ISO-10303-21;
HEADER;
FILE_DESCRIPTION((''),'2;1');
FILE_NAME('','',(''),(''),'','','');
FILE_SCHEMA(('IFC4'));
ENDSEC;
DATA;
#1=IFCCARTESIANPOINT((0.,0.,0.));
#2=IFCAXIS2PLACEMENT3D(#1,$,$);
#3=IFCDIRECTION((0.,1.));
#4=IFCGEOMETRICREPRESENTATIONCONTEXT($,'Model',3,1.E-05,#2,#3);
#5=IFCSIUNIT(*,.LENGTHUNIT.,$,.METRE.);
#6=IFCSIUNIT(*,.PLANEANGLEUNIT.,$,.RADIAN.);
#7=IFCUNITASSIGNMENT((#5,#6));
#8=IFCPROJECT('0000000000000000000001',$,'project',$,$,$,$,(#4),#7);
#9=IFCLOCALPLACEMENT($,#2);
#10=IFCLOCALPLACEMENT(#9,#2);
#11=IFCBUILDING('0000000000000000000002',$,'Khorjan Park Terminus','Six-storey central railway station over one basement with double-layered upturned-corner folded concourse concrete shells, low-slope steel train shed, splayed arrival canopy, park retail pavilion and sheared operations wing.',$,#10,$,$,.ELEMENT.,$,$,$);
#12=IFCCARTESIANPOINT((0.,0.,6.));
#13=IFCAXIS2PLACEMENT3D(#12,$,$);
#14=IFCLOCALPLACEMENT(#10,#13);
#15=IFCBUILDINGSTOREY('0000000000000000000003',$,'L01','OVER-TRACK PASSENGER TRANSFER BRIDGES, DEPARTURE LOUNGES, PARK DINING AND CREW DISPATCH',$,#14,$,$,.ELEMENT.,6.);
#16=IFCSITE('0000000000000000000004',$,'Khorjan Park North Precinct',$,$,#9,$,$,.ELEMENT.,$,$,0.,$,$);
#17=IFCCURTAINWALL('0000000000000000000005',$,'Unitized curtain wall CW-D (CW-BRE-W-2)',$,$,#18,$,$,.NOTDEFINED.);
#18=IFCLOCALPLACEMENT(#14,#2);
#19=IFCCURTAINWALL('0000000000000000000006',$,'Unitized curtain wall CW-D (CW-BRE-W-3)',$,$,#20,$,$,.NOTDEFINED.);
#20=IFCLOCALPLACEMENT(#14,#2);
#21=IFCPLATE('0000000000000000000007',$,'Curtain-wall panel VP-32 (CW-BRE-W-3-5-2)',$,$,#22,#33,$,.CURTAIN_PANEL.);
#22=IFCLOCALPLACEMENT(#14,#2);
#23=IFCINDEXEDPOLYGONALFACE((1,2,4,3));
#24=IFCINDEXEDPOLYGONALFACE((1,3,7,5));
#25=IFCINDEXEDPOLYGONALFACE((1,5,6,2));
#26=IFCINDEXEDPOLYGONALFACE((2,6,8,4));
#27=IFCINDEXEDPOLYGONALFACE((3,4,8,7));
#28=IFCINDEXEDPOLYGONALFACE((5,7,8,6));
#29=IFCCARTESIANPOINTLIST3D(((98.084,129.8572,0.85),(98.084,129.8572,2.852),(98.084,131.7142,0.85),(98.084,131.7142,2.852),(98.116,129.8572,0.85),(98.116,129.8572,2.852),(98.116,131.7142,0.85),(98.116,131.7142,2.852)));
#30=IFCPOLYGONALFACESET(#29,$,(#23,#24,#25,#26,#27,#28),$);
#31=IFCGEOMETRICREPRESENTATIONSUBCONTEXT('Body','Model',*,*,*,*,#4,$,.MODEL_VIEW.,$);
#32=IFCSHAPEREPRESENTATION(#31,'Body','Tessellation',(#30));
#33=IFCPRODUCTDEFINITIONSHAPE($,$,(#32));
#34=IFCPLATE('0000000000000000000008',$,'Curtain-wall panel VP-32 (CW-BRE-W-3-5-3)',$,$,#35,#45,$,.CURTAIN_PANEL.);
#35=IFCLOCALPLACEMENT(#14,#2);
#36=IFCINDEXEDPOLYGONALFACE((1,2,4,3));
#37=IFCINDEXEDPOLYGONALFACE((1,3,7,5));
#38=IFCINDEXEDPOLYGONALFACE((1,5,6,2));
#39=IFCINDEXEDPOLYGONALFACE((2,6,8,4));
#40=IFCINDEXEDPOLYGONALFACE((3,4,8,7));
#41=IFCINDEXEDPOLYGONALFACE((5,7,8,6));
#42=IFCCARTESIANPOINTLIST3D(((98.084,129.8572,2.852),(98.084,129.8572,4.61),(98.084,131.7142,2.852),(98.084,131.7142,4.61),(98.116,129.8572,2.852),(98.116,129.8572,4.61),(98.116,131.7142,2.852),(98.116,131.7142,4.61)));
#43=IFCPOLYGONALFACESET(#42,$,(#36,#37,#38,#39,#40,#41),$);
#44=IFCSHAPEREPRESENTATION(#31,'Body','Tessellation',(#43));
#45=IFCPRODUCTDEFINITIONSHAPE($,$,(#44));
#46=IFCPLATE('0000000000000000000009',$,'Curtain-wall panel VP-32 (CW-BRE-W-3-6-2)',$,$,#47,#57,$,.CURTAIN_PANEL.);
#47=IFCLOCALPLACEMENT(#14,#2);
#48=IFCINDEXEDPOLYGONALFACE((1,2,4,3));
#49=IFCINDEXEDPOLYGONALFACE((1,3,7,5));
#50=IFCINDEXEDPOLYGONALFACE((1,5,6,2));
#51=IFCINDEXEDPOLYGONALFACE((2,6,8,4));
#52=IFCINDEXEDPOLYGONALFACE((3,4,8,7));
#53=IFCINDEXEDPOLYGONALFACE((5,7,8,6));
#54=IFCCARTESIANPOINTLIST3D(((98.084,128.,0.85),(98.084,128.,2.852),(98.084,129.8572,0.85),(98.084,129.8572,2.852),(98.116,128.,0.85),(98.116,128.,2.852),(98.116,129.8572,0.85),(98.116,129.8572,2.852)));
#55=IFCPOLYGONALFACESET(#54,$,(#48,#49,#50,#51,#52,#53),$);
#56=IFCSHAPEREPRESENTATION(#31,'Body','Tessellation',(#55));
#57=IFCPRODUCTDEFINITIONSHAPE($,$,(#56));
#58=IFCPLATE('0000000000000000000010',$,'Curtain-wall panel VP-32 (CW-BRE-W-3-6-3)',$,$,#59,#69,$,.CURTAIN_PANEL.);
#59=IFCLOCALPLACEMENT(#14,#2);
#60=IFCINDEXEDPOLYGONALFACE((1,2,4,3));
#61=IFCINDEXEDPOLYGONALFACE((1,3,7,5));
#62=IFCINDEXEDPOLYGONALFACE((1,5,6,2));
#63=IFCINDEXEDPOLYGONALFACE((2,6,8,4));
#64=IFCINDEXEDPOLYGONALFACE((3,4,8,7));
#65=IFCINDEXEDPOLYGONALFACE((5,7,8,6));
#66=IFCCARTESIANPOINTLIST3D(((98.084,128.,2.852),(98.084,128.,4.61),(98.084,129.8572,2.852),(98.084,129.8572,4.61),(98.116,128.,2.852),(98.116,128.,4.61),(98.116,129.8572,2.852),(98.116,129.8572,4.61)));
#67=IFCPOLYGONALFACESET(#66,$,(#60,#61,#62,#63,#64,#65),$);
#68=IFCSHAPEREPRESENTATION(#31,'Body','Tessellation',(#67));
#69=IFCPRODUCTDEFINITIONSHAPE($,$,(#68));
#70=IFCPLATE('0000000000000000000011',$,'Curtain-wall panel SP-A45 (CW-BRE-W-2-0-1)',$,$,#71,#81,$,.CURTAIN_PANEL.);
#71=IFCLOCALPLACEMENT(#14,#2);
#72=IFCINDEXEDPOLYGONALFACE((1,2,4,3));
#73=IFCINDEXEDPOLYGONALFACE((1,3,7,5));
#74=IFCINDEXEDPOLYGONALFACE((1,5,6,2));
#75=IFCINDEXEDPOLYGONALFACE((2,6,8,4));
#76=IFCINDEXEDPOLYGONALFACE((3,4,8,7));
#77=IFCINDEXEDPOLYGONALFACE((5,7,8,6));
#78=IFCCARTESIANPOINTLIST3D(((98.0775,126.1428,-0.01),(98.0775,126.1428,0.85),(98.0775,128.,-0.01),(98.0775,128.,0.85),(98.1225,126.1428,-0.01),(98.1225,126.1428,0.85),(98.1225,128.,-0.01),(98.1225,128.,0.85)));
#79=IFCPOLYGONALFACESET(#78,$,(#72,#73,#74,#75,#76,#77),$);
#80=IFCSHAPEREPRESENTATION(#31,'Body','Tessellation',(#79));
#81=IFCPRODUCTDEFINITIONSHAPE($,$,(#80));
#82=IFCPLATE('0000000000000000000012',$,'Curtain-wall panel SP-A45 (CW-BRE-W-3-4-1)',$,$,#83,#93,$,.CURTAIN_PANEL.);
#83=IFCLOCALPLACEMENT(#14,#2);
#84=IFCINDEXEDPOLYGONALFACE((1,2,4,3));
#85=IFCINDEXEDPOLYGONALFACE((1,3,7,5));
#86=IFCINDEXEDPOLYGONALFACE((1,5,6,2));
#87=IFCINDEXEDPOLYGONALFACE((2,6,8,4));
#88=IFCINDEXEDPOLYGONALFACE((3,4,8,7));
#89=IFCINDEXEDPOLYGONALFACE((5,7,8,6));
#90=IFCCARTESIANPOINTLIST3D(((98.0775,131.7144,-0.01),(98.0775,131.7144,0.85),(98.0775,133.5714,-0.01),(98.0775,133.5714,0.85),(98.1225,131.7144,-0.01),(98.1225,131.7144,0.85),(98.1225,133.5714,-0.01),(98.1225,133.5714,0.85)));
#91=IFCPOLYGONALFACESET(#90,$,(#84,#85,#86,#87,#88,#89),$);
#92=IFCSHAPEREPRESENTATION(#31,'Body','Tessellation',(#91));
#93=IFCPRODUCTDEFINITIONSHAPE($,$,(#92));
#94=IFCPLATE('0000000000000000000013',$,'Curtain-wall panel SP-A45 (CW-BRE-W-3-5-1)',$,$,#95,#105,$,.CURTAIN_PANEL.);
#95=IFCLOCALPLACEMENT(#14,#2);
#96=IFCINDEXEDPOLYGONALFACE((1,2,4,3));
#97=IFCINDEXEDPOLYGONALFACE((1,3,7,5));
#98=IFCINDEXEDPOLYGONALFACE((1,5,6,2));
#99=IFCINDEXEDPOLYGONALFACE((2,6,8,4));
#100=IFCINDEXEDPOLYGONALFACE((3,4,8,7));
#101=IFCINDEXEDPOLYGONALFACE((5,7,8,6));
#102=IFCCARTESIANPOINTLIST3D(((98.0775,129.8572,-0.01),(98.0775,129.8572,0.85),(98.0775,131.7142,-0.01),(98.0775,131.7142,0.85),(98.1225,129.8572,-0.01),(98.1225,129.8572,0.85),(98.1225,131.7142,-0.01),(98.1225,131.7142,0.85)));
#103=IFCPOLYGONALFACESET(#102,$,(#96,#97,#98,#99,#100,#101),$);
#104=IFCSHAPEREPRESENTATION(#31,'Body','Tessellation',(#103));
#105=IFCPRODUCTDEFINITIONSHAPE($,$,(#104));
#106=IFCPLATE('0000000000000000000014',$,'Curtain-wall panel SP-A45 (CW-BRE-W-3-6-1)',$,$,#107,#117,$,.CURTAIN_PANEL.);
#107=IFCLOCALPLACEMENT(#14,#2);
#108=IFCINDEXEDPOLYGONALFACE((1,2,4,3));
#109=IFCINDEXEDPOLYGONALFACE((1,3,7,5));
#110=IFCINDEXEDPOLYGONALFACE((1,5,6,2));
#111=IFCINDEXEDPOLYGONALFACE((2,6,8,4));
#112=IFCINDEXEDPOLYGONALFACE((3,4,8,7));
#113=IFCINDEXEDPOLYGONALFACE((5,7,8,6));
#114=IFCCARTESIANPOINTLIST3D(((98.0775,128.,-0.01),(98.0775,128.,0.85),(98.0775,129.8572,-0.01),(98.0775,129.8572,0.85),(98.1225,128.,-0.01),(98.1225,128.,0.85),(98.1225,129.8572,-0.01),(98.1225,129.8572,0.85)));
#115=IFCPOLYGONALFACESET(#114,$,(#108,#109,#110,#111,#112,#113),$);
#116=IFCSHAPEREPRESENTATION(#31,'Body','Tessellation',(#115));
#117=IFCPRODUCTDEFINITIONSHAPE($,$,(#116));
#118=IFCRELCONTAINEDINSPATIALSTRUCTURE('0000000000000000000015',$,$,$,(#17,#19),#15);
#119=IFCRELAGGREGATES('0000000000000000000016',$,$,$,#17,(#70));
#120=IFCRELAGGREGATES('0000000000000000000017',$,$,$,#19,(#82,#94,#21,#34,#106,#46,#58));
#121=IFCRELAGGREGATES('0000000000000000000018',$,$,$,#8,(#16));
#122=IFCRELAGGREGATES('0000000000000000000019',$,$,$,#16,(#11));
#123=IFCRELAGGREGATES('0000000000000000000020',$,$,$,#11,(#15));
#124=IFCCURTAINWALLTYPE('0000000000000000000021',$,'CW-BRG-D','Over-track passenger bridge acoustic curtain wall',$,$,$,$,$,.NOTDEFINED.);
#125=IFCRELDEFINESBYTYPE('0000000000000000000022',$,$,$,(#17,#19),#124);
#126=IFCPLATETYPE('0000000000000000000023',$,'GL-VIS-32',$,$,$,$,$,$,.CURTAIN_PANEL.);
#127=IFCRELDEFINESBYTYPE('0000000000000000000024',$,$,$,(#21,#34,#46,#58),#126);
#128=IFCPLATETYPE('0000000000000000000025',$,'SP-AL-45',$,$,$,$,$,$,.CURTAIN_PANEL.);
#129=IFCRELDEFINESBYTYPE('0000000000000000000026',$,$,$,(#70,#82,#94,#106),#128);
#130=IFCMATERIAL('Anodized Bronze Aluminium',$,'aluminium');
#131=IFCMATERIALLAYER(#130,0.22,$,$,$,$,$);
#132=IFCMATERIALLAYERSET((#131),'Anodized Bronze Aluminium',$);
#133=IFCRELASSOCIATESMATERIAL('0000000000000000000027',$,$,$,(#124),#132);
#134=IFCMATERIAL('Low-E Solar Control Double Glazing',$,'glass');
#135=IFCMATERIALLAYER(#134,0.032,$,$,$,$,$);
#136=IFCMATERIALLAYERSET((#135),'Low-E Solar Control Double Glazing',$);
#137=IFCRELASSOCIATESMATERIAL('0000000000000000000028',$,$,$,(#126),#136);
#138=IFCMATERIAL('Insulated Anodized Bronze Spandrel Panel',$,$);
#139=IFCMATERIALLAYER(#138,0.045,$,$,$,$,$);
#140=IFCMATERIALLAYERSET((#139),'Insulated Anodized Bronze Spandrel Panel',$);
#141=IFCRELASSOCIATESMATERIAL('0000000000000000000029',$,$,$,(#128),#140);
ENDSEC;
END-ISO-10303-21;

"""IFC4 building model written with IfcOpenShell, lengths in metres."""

from ifc_helpers import new_model, si_unit, direction, frame, origin, origin_2d, place, context, subcontext, project, spatial, rectangle, extrude, material, layer, layer_set, type_object, element, aggregate, save


model = new_model("IFC4")

# Units and contexts
model_context = context("Model", 3, precision=1e-05, world=origin(), true_north=direction((0.0, 1.0)))
body_context = subcontext(model_context, "Body", "Model", "MODEL_VIEW")
ifc_project = project(units=[si_unit("LENGTHUNIT", "METRE"), si_unit("PLANEANGLEUNIT", "RADIAN")], contexts=[model_context])

# Site, building, storey
site_placement = place(None, origin())
site = spatial("IfcSite", under=ifc_project, at=site_placement, Name="Khorjan Park North Precinct", CompositionType="ELEMENT", RefElevation=0.0)
building_placement = place(site_placement, origin())
building = spatial("IfcBuilding", under=site, at=building_placement, Name="Khorjan Park Terminus", Description="Six-storey central railway station over one basement with double-layered upturned-corner folded concourse concrete shells, low-slope steel train shed, splayed arrival canopy, park retail pavilion and sheared operations wing.", CompositionType="ELEMENT")
storey_placement = place(building_placement, frame((0.0, 0.0, 6.0)))
storey = spatial("IfcBuildingStorey", under=building, at=storey_placement, Name="L01", Description="OVER-TRACK PASSENGER TRANSFER BRIDGES, DEPARTURE LOUNGES, PARK DINING AND CREW DISPATCH", CompositionType="ELEMENT", Elevation=6.0)

# Curtain wall
ifc_material_1 = material(Name="Anodized Bronze Aluminium", Category="aluminium")
ifc_layer_1 = layer(ifc_material_1, 0.22)
ifc_layer_set_1 = layer_set([ifc_layer_1], Name="Anodized Bronze Aluminium")
curtain_wall_type = type_object("IfcCurtainWallType", Name="CW-BRG-D", Description="Over-track passenger bridge acoustic curtain wall", PredefinedType="NOTDEFINED", material=ifc_layer_set_1)
curtain_wall_1_placement = place(storey_placement, origin())
curtain_wall_1 = element("IfcCurtainWall", 1, at=curtain_wall_1_placement, inside=storey, type_object=curtain_wall_type, Name="Unitized curtain wall CW-D (CW-BRE-W-2)", PredefinedType="NOTDEFINED")

# Curtain wall
curtain_wall_2_placement = place(storey_placement, origin())
curtain_wall_2 = element("IfcCurtainWall", 2, at=curtain_wall_2_placement, inside=storey, type_object=curtain_wall_type, Name="Unitized curtain wall CW-D (CW-BRE-W-3)", PredefinedType="NOTDEFINED")

# Plates
ifc_material_2 = material(Name="Low-E Solar Control Double Glazing", Category="glass")
ifc_layer_2 = layer(ifc_material_2, 0.032)
ifc_layer_set_2 = layer_set([ifc_layer_2], Name="Low-E Solar Control Double Glazing")
plate_type_1 = type_object("IfcPlateType", Name="GL-VIS-32", PredefinedType="CURTAIN_PANEL", material=ifc_layer_set_2)
plate_1_placement = place(storey_placement, frame((98.1, 130.7857, 0.85), z_axis=(0.0, 0.0, 1.0), x_axis=(0.0, -1.0, 0.0)))
plate_1 = element("IfcPlate", 3, at=plate_1_placement, type_object=plate_type_1, Name="Curtain-wall panel VP-32 (CW-BRE-W-3-5-2)", PredefinedType="CURTAIN_PANEL", context=body_context, shape_type="SweptSolid", body=[
    extrude(rectangle(XDim=1.8571, YDim=0.032, at=origin_2d()), origin(), (0.0, 0.0, 1.0), 2.002),
])
plate_2_placement = place(storey_placement, frame((98.1, 130.7857, 2.852), z_axis=(0.0, 0.0, 1.0), x_axis=(0.0, -1.0, 0.0)))
plate_2 = element("IfcPlate", 4, at=plate_2_placement, type_object=plate_type_1, Name="Curtain-wall panel VP-32 (CW-BRE-W-3-5-3)", PredefinedType="CURTAIN_PANEL", context=body_context, shape_type="SweptSolid", body=[
    extrude(rectangle(XDim=1.8571, YDim=0.032, at=origin_2d()), origin(), (0.0, 0.0, 1.0), 1.758),
])
plate_3_placement = place(storey_placement, frame((98.1, 128.9286, 0.85), z_axis=(0.0, 0.0, 1.0), x_axis=(0.0, -1.0, 0.0)))
plate_3 = element("IfcPlate", 5, at=plate_3_placement, type_object=plate_type_1, Name="Curtain-wall panel VP-32 (CW-BRE-W-3-6-2)", PredefinedType="CURTAIN_PANEL", context=body_context, shape_type="SweptSolid", body=[
    extrude(rectangle(XDim=1.8571, YDim=0.032, at=origin_2d()), origin(), (0.0, 0.0, 1.0), 2.002),
])
plate_4_placement = place(storey_placement, frame((98.1, 128.9286, 2.852), z_axis=(0.0, 0.0, 1.0), x_axis=(0.0, -1.0, 0.0)))
plate_4 = element("IfcPlate", 6, at=plate_4_placement, type_object=plate_type_1, Name="Curtain-wall panel VP-32 (CW-BRE-W-3-6-3)", PredefinedType="CURTAIN_PANEL", context=body_context, shape_type="SweptSolid", body=[
    extrude(rectangle(XDim=1.8571, YDim=0.032, at=origin_2d()), origin(), (0.0, 0.0, 1.0), 1.758),
])
ifc_material_3 = material(Name="Insulated Anodized Bronze Spandrel Panel")
ifc_layer_3 = layer(ifc_material_3, 0.045)
ifc_layer_set_3 = layer_set([ifc_layer_3], Name="Insulated Anodized Bronze Spandrel Panel")
plate_type_2 = type_object("IfcPlateType", Name="SP-AL-45", PredefinedType="CURTAIN_PANEL", material=ifc_layer_set_3)
plate_5_placement = place(storey_placement, frame((98.1, 127.0714, -0.01), z_axis=(0.0, 0.0, 1.0), x_axis=(0.0, -1.0, 0.0)))
plate_5 = element("IfcPlate", 7, at=plate_5_placement, type_object=plate_type_2, Name="Curtain-wall panel SP-A45 (CW-BRE-W-2-0-1)", PredefinedType="CURTAIN_PANEL", context=body_context, shape_type="SweptSolid", body=[
    extrude(rectangle(XDim=1.8571, YDim=0.045, at=origin_2d()), origin(), (0.0, 0.0, 1.0), 0.86),
])
aggregate(curtain_wall_1, [plate_5])
plate_6_placement = place(storey_placement, frame((98.1, 132.6429, -0.01), z_axis=(0.0, 0.0, 1.0), x_axis=(0.0, -1.0, 0.0)))
plate_6 = element("IfcPlate", 8, at=plate_6_placement, type_object=plate_type_2, Name="Curtain-wall panel SP-A45 (CW-BRE-W-3-4-1)", PredefinedType="CURTAIN_PANEL", context=body_context, shape_type="SweptSolid", body=[
    extrude(rectangle(XDim=1.8571, YDim=0.045, at=origin_2d()), origin(), (0.0, 0.0, 1.0), 0.86),
])
plate_7_placement = place(storey_placement, frame((98.1, 130.7857, -0.01), z_axis=(0.0, 0.0, 1.0), x_axis=(0.0, -1.0, 0.0)))
plate_7 = element("IfcPlate", 9, at=plate_7_placement, type_object=plate_type_2, Name="Curtain-wall panel SP-A45 (CW-BRE-W-3-5-1)", PredefinedType="CURTAIN_PANEL", context=body_context, shape_type="SweptSolid", body=[
    extrude(rectangle(XDim=1.8571, YDim=0.045, at=origin_2d()), origin(), (0.0, 0.0, 1.0), 0.86),
])
plate_8_placement = place(storey_placement, frame((98.1, 128.9286, -0.01), z_axis=(0.0, 0.0, 1.0), x_axis=(0.0, -1.0, 0.0)))
plate_8 = element("IfcPlate", 10, at=plate_8_placement, type_object=plate_type_2, Name="Curtain-wall panel SP-A45 (CW-BRE-W-3-6-1)", PredefinedType="CURTAIN_PANEL", context=body_context, shape_type="SweptSolid", body=[
    extrude(rectangle(XDim=1.8571, YDim=0.045, at=origin_2d()), origin(), (0.0, 0.0, 1.0), 0.86),
])
aggregate(curtain_wall_2, [plate_6, plate_7, plate_1, plate_2, plate_8, plate_3, plate_4])

save(model, "model.ifc")
